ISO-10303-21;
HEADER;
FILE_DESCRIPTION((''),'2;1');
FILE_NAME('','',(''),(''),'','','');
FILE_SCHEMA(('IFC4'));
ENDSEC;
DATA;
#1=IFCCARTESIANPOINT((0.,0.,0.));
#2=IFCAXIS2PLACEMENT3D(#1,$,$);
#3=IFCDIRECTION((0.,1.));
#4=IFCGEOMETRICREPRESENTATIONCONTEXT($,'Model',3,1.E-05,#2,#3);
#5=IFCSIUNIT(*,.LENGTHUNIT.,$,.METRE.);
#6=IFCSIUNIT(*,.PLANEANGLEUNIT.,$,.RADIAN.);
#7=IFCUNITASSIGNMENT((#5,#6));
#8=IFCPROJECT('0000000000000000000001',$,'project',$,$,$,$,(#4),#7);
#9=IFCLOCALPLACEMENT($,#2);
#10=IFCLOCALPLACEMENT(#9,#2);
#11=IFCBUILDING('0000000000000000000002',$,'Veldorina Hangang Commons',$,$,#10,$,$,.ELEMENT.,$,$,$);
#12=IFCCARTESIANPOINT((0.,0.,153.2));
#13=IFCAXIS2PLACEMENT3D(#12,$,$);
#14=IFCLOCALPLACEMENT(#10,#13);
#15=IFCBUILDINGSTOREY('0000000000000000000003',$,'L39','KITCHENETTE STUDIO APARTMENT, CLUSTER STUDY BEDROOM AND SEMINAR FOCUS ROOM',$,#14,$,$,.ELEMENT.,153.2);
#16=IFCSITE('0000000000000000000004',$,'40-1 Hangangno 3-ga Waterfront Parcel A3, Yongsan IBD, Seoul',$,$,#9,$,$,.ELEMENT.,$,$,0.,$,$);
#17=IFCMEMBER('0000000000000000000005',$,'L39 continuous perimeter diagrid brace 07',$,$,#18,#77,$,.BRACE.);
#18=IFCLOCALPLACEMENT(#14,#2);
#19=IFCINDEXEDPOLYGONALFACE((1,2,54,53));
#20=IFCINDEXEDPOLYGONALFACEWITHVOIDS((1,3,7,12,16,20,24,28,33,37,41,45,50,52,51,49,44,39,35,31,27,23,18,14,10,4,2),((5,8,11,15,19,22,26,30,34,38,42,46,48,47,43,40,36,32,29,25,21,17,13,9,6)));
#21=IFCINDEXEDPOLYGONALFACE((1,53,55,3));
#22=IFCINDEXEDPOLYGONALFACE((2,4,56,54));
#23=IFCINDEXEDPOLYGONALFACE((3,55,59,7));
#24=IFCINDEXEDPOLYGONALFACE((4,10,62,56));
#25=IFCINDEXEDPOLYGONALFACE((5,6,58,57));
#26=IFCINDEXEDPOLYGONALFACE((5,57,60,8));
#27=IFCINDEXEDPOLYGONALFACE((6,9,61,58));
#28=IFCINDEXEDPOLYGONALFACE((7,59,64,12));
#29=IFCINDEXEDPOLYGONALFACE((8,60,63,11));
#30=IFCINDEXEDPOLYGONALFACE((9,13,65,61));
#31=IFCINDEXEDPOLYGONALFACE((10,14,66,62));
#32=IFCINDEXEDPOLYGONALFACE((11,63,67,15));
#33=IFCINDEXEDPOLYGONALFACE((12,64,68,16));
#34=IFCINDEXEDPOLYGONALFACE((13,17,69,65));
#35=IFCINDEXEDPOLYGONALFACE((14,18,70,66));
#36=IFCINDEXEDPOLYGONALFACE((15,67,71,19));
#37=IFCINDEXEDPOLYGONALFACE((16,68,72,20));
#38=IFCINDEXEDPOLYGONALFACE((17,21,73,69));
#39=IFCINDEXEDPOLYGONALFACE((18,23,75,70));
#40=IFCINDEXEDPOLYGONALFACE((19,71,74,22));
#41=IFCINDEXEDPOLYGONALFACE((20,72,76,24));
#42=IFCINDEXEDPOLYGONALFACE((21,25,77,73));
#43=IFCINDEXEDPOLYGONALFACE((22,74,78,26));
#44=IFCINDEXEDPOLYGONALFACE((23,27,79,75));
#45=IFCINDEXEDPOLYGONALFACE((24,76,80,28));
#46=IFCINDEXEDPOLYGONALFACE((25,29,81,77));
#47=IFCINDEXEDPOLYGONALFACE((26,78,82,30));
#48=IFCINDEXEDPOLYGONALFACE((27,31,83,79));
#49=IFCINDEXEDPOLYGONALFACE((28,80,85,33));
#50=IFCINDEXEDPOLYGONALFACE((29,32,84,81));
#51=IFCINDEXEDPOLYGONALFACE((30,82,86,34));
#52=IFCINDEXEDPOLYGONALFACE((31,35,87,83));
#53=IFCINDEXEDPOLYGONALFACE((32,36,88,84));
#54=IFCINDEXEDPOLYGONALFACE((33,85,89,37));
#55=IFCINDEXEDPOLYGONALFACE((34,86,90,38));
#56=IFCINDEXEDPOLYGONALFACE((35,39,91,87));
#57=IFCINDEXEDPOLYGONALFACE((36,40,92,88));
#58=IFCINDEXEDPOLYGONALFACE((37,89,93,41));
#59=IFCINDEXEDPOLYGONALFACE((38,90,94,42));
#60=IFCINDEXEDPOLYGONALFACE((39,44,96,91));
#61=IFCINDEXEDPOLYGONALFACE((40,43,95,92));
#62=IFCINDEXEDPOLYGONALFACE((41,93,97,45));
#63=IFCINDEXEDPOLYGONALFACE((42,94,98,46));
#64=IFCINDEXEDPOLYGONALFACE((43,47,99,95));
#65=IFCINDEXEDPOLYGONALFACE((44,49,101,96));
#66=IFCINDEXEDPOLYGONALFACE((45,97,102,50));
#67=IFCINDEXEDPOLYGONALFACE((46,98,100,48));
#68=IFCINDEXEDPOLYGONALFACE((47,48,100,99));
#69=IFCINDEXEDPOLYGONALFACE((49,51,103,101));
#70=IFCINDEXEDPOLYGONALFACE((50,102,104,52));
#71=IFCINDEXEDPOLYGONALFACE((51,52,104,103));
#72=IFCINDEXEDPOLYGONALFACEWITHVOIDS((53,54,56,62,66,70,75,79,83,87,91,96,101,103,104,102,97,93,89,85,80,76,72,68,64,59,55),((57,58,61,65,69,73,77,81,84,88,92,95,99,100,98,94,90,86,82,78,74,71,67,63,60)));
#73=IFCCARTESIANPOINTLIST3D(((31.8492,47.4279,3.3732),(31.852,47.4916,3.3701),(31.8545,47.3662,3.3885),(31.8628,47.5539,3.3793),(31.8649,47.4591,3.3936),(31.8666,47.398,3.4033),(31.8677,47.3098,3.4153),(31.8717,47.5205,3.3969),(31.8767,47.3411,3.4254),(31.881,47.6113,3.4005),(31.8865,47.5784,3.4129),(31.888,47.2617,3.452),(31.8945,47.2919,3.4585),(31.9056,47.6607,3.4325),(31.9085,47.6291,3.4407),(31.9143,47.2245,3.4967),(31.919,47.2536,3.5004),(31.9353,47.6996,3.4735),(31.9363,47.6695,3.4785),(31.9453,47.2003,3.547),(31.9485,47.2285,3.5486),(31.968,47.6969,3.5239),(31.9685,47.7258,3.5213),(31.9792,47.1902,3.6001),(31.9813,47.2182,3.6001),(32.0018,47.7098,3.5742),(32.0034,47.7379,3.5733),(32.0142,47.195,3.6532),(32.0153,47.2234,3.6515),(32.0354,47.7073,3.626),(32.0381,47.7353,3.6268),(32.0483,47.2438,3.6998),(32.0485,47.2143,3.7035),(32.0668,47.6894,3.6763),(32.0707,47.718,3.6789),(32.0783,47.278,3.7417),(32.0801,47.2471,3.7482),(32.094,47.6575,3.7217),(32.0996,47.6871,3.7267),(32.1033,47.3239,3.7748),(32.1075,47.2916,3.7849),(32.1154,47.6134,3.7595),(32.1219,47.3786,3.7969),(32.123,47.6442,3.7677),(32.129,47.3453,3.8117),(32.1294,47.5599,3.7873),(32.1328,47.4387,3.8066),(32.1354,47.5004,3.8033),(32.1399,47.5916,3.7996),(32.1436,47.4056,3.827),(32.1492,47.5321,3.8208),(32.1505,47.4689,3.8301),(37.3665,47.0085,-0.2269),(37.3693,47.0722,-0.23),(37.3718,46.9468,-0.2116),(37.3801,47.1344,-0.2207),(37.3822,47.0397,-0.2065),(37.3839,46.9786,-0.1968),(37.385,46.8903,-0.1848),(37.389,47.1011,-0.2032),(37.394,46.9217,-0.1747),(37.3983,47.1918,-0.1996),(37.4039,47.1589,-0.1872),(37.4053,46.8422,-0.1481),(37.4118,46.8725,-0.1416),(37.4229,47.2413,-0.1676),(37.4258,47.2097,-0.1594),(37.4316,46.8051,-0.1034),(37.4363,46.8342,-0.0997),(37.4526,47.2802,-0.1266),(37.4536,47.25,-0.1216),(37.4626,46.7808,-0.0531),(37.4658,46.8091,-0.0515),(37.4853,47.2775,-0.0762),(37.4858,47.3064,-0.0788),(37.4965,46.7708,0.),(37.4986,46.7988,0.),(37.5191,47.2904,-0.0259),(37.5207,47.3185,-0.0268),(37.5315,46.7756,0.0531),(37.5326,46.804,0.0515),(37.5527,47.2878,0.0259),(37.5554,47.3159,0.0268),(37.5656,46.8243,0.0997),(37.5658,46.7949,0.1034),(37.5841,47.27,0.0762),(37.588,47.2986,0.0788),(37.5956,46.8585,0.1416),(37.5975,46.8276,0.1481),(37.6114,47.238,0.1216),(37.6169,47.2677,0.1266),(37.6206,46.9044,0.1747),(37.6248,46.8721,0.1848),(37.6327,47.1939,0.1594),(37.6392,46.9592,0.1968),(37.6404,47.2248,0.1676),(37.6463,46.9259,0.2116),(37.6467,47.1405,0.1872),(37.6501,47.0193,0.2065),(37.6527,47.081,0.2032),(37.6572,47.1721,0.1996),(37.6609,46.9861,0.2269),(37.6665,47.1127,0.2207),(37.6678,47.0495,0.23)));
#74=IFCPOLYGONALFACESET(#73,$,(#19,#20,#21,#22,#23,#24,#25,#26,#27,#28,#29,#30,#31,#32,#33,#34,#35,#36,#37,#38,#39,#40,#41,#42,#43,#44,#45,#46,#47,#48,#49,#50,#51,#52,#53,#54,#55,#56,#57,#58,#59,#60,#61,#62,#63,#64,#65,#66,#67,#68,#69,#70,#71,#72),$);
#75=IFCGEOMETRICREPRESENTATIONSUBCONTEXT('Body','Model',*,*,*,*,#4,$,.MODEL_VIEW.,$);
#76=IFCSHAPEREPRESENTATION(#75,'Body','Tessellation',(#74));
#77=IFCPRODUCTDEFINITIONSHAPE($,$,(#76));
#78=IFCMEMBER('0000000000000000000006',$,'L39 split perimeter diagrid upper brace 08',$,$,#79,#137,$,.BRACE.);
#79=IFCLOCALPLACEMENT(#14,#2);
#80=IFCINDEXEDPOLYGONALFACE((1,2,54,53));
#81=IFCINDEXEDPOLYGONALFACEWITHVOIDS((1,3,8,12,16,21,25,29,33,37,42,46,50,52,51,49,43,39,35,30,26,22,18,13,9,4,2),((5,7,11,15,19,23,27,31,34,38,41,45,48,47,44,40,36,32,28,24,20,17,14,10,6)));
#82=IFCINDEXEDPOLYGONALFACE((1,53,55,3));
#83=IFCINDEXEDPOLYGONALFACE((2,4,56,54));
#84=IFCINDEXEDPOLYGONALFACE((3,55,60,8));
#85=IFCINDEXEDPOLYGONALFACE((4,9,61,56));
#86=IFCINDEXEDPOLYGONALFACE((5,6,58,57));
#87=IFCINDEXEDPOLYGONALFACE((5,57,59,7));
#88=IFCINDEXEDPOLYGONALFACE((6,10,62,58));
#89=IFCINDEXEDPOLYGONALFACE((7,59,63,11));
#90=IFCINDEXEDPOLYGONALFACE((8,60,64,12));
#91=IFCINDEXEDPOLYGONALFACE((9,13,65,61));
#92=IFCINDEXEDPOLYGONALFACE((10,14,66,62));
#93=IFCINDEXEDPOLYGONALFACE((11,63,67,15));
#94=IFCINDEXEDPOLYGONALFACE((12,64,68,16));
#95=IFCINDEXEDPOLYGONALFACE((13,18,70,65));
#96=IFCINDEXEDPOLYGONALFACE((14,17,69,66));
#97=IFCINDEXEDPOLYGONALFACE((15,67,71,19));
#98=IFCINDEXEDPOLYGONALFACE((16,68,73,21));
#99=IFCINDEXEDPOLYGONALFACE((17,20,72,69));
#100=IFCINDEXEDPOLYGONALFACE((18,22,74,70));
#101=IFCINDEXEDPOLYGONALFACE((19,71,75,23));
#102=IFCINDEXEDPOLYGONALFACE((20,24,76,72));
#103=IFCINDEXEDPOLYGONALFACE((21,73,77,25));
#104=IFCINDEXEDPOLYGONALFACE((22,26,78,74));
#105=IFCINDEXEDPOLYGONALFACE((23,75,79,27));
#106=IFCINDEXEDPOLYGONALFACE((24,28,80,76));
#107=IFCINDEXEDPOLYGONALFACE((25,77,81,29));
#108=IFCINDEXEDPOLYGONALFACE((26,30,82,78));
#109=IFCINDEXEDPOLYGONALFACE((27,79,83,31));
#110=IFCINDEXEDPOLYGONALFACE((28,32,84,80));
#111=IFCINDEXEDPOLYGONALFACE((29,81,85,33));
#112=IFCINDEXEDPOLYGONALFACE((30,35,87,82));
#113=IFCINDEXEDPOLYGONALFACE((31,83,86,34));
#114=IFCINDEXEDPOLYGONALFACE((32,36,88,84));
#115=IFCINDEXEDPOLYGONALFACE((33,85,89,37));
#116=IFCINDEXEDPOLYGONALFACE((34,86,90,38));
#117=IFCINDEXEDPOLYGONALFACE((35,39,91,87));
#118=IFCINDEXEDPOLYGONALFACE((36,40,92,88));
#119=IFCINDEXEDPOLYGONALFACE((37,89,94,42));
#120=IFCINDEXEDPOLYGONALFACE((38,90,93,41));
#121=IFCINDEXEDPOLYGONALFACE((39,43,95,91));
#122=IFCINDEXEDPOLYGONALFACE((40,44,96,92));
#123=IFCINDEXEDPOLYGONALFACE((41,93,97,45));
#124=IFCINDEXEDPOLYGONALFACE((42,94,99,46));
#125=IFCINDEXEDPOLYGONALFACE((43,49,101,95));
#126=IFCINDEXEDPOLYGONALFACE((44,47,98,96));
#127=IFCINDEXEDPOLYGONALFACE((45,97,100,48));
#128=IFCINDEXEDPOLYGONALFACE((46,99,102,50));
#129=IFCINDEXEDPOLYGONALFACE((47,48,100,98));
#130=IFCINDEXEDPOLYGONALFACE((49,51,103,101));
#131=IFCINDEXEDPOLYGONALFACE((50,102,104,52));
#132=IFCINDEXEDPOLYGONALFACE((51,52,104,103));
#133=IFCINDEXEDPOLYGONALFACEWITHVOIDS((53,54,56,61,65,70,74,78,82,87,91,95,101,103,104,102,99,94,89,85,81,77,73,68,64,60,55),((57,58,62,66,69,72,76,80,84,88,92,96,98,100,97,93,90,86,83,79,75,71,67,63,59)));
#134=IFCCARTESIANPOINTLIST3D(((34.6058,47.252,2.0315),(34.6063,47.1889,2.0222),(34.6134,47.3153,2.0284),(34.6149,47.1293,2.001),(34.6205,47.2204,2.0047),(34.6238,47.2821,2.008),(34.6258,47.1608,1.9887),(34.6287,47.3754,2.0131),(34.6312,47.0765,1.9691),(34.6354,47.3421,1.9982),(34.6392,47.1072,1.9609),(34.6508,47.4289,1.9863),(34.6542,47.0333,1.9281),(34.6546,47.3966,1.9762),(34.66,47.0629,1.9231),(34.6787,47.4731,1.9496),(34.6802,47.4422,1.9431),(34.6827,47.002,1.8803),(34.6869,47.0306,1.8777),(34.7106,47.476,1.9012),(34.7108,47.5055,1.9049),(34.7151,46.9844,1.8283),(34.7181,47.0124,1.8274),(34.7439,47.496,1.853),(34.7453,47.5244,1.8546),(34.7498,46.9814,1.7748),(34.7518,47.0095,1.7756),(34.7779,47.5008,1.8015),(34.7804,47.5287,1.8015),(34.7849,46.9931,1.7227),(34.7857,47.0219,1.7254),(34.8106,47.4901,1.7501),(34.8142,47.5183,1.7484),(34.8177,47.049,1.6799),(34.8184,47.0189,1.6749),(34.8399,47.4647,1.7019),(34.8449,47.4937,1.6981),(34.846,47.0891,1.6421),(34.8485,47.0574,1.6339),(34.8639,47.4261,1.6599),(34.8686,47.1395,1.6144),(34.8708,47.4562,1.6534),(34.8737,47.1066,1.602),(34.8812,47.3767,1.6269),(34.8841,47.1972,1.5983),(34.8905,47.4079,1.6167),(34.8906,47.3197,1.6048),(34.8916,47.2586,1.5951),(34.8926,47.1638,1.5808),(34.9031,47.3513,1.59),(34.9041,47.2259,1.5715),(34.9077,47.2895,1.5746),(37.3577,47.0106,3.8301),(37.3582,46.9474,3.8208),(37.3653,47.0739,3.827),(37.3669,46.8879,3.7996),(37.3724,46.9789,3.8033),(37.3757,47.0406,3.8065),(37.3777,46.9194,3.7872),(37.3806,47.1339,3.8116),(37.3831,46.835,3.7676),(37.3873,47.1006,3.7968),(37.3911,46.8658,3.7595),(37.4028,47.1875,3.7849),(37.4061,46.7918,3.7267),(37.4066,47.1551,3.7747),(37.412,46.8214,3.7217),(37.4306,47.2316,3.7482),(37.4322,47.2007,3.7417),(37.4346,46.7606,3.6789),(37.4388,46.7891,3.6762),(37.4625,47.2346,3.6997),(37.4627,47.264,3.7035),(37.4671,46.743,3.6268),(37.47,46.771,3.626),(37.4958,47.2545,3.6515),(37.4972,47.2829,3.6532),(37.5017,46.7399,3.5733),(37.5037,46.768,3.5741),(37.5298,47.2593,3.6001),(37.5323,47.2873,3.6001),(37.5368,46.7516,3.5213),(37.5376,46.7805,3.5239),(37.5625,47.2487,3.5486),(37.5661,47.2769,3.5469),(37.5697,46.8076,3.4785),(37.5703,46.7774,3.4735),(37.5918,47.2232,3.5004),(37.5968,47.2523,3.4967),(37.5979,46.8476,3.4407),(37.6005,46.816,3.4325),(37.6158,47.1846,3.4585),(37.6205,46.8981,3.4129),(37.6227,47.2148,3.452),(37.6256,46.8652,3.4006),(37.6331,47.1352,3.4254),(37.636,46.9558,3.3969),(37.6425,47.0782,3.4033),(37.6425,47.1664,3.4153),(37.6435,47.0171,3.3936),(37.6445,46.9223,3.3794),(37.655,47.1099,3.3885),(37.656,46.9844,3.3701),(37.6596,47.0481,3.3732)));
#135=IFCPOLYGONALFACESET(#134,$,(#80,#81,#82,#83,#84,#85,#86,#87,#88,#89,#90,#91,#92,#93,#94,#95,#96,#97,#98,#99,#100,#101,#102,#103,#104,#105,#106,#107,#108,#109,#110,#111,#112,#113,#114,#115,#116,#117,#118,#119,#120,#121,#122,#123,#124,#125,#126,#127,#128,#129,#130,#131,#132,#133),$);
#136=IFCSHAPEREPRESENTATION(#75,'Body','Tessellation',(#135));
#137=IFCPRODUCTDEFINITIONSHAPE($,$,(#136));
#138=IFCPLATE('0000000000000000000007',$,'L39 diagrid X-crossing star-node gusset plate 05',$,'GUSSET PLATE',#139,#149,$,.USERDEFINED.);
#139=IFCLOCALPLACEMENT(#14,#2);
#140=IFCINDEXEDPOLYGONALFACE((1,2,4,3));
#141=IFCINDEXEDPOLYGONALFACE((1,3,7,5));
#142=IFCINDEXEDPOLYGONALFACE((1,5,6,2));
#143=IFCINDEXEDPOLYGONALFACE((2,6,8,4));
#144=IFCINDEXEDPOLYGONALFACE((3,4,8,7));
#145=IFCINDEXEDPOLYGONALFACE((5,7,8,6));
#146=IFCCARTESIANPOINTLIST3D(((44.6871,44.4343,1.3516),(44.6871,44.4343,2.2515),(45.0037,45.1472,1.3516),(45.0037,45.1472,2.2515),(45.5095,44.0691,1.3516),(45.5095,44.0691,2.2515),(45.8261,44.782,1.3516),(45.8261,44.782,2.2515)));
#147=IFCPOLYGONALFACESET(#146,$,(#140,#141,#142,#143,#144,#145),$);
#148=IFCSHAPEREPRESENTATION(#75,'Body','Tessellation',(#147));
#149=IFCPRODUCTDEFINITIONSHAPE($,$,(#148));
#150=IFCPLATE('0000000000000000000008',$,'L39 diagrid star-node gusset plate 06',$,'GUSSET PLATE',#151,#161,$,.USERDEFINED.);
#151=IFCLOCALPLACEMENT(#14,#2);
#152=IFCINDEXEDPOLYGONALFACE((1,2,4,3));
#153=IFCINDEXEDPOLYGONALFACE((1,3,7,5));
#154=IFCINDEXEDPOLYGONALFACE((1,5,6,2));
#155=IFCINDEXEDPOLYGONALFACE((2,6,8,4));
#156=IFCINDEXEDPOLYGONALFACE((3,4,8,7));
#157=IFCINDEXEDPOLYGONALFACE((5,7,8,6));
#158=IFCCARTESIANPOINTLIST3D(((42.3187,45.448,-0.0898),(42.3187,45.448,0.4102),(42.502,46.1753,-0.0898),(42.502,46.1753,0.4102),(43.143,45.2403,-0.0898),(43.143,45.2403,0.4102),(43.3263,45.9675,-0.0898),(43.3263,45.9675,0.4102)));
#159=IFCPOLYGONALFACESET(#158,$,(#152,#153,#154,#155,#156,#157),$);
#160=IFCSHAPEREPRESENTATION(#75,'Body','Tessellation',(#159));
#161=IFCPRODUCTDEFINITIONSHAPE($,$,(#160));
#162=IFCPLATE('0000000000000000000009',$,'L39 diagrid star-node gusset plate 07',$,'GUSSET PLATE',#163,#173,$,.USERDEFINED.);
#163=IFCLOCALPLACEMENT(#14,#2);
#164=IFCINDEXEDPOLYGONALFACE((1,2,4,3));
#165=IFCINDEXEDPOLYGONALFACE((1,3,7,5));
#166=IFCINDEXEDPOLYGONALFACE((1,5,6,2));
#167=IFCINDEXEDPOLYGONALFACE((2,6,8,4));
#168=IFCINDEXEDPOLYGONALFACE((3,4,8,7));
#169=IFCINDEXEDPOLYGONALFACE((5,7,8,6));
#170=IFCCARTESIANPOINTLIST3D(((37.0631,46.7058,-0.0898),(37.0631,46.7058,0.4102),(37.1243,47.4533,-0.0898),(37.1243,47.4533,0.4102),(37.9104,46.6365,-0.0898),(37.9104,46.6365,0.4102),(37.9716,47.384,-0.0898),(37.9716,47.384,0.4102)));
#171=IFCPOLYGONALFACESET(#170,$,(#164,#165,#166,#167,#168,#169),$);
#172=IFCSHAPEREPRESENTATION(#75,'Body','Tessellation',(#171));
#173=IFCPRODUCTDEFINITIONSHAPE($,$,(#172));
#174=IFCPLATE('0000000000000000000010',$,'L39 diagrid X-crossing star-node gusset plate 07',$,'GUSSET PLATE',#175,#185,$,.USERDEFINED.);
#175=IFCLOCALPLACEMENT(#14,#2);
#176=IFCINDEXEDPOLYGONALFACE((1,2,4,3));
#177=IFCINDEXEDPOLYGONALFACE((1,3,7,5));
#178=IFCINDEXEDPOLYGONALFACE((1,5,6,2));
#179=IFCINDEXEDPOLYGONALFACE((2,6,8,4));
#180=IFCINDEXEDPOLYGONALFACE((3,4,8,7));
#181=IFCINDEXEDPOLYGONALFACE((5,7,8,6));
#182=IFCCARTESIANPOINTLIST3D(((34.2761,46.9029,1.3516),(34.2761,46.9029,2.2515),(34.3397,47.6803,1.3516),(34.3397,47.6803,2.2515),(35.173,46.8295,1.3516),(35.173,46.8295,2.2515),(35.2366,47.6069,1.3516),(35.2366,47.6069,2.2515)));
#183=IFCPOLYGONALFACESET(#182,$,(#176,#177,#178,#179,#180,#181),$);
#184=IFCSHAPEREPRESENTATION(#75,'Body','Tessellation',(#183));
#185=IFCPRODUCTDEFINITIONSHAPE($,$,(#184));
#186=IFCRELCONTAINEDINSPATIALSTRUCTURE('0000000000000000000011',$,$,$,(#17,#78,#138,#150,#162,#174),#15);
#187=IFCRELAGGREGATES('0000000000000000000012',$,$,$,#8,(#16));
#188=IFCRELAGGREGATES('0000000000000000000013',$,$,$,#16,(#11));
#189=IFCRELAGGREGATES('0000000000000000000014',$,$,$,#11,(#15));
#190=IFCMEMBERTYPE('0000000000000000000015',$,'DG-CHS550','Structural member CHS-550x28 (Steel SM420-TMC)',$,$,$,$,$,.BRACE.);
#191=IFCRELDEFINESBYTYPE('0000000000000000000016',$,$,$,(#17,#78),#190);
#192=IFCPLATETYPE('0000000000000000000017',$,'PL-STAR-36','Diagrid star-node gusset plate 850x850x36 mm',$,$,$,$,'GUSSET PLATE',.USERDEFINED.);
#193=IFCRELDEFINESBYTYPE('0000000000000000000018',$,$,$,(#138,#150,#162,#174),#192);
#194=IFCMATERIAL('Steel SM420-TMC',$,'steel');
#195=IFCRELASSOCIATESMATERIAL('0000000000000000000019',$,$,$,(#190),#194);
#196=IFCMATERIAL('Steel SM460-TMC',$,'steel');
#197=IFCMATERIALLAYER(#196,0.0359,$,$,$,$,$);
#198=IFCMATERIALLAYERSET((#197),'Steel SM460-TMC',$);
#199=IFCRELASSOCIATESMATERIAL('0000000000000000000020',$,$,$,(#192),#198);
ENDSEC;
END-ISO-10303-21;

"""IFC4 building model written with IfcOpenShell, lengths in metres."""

from ifc_helpers import new_model, si_unit, direction, frame, origin, origin_2d, place, context, subcontext, project, spatial, rectangle, hollow_circle, extrude, material, layer, layer_set, material_profile, profile_set, type_object, element, save


model = new_model("IFC4")

# Units and contexts
model_context = context("Model", 3, precision=1e-05, world=origin(), true_north=direction((0.0, 1.0)))
body_context = subcontext(model_context, "Body", "Model", "MODEL_VIEW")
ifc_project = project(units=[si_unit("LENGTHUNIT", "METRE"), si_unit("PLANEANGLEUNIT", "RADIAN")], contexts=[model_context])

# Site, building, storey
site_placement = place(None, origin())
site = spatial("IfcSite", under=ifc_project, at=site_placement, Name="40-1 Hangangno 3-ga Waterfront Parcel A3, Yongsan IBD, Seoul", CompositionType="ELEMENT", RefElevation=0.0)
building_placement = place(site_placement, origin())
building = spatial("IfcBuilding", under=site, at=building_placement, Name="Veldorina Hangang Commons", CompositionType="ELEMENT")
storey_placement = place(building_placement, frame((0.0, 0.0, 153.2)))
storey = spatial("IfcBuildingStorey", under=building, at=storey_placement, Name="L39", Description="KITCHENETTE STUDIO APARTMENT, CLUSTER STUDY BEDROOM AND SEMINAR FOCUS ROOM", CompositionType="ELEMENT", Elevation=153.2)

# Shared definitions
ifc_material_1 = material(Name="Steel SM420-TMC", Category="steel")

# Members
ifc_material_profile_1 = material_profile(ifc_material_1, hollow_circle(Radius=0.2749, WallThickness=0.0281, at=origin_2d()), Name="CHS-550x28")
ifc_profile_set_1 = profile_set([ifc_material_profile_1], Name="Steel SM420-TMC")
member_type = type_object("IfcMemberType", Name="DG-CHS550", Description="Structural member CHS-550x28 (Steel SM420-TMC)", PredefinedType="BRACE", material=ifc_profile_set_1)
member_1_placement = place(storey_placement, frame((37.5173, 47.0449, 0.0), z_axis=(-0.835791, 0.063538, 0.545359), x_axis=(-0.075802, -0.997123, 0.0)))
element("IfcMember", 1, at=member_1_placement, inside=storey, type_object=member_type, Name="L39 continuous perimeter diagrid brace 07", PredefinedType="BRACE", context=body_context, shape_type="SweptSolid", body=[
    extrude(hollow_circle(Radius=0.2749, WallThickness=0.0281, at=origin_2d()), origin(), (0.0, 0.0, 1.0), 6.6013),
])
member_2_placement = place(storey_placement, frame((34.7563, 47.2549, 1.8015), z_axis=(0.834828, -0.073247, 0.545616), x_axis=(0.087404, 0.996173, 0.0)))
element("IfcMember", 2, at=member_2_placement, inside=storey, type_object=member_type, Name="L39 split perimeter diagrid upper brace 08", PredefinedType="BRACE", context=body_context, shape_type="SweptSolid", body=[
    extrude(hollow_circle(Radius=0.2749, WallThickness=0.0281, at=origin_2d()), origin(), (0.0, 0.0, 1.0), 3.2964),
])

# Plates
ifc_material_2 = material(Name="Steel SM460-TMC", Category="steel")
ifc_layer_1 = layer(ifc_material_2, 0.0359)
ifc_layer_set_1 = layer_set([ifc_layer_1], Name="Steel SM460-TMC")
plate_type = type_object("IfcPlateType", Name="PL-STAR-36", Description="Diagrid star-node gusset plate 850x850x36 mm", ElementType="GUSSET PLATE", PredefinedType="USERDEFINED", material=ifc_layer_set_1)
plate_1_placement = place(storey_placement, frame((45.2566, 44.6082, 1.3516), z_axis=(0.0, 0.0, 1.0), x_axis=(-0.913935, 0.40586, 0.0)))
element("IfcPlate", 3, at=plate_1_placement, inside=storey, type_object=plate_type, Name="L39 diagrid X-crossing star-node gusset plate 05", ObjectType="GUSSET PLATE", PredefinedType="USERDEFINED", context=body_context, shape_type="SweptSolid", body=[
    extrude(rectangle(XDim=0.8999, YDim=0.78, at=origin_2d()), origin(), (0.0, 0.0, 1.0), 0.8999),
])
for number, where, z_axis, x_axis, name in (
    (4, (42.8225, 45.7078, -0.0898), (0.0, 0.0, 1.0), (-0.969676, 0.244394, 0.0), "L39 diagrid star-node gusset plate 06"),
    (5, (37.5173, 47.0449, -0.0898), (0.0, 0.0, 1.0), (-0.996669, 0.081556, 0.0), "L39 diagrid star-node gusset plate 07"),
):
    element("IfcPlate", number, at=place(storey_placement, frame(where, z_axis=z_axis, x_axis=x_axis)), inside=storey, type_object=plate_type, Name=name, ObjectType="GUSSET PLATE", PredefinedType="USERDEFINED", context=body_context, shape_type="SweptSolid", body=[
        extrude(rectangle(XDim=0.8501, YDim=0.75, at=origin_2d()), origin(), (0.0, 0.0, 1.0), 0.5),
    ])
plate_2_placement = place(storey_placement, frame((34.7563, 47.2549, 1.3516), z_axis=(0.0, 0.0, 1.0), x_axis=(-0.996669, 0.081556, 0.0)))
element("IfcPlate", 6, at=plate_2_placement, inside=storey, type_object=plate_type, Name="L39 diagrid X-crossing star-node gusset plate 07", ObjectType="GUSSET PLATE", PredefinedType="USERDEFINED", context=body_context, shape_type="SweptSolid", body=[
    extrude(rectangle(XDim=0.8999, YDim=0.78, at=origin_2d()), origin(), (0.0, 0.0, 1.0), 0.8999),
])

save(model, "model.ifc")
